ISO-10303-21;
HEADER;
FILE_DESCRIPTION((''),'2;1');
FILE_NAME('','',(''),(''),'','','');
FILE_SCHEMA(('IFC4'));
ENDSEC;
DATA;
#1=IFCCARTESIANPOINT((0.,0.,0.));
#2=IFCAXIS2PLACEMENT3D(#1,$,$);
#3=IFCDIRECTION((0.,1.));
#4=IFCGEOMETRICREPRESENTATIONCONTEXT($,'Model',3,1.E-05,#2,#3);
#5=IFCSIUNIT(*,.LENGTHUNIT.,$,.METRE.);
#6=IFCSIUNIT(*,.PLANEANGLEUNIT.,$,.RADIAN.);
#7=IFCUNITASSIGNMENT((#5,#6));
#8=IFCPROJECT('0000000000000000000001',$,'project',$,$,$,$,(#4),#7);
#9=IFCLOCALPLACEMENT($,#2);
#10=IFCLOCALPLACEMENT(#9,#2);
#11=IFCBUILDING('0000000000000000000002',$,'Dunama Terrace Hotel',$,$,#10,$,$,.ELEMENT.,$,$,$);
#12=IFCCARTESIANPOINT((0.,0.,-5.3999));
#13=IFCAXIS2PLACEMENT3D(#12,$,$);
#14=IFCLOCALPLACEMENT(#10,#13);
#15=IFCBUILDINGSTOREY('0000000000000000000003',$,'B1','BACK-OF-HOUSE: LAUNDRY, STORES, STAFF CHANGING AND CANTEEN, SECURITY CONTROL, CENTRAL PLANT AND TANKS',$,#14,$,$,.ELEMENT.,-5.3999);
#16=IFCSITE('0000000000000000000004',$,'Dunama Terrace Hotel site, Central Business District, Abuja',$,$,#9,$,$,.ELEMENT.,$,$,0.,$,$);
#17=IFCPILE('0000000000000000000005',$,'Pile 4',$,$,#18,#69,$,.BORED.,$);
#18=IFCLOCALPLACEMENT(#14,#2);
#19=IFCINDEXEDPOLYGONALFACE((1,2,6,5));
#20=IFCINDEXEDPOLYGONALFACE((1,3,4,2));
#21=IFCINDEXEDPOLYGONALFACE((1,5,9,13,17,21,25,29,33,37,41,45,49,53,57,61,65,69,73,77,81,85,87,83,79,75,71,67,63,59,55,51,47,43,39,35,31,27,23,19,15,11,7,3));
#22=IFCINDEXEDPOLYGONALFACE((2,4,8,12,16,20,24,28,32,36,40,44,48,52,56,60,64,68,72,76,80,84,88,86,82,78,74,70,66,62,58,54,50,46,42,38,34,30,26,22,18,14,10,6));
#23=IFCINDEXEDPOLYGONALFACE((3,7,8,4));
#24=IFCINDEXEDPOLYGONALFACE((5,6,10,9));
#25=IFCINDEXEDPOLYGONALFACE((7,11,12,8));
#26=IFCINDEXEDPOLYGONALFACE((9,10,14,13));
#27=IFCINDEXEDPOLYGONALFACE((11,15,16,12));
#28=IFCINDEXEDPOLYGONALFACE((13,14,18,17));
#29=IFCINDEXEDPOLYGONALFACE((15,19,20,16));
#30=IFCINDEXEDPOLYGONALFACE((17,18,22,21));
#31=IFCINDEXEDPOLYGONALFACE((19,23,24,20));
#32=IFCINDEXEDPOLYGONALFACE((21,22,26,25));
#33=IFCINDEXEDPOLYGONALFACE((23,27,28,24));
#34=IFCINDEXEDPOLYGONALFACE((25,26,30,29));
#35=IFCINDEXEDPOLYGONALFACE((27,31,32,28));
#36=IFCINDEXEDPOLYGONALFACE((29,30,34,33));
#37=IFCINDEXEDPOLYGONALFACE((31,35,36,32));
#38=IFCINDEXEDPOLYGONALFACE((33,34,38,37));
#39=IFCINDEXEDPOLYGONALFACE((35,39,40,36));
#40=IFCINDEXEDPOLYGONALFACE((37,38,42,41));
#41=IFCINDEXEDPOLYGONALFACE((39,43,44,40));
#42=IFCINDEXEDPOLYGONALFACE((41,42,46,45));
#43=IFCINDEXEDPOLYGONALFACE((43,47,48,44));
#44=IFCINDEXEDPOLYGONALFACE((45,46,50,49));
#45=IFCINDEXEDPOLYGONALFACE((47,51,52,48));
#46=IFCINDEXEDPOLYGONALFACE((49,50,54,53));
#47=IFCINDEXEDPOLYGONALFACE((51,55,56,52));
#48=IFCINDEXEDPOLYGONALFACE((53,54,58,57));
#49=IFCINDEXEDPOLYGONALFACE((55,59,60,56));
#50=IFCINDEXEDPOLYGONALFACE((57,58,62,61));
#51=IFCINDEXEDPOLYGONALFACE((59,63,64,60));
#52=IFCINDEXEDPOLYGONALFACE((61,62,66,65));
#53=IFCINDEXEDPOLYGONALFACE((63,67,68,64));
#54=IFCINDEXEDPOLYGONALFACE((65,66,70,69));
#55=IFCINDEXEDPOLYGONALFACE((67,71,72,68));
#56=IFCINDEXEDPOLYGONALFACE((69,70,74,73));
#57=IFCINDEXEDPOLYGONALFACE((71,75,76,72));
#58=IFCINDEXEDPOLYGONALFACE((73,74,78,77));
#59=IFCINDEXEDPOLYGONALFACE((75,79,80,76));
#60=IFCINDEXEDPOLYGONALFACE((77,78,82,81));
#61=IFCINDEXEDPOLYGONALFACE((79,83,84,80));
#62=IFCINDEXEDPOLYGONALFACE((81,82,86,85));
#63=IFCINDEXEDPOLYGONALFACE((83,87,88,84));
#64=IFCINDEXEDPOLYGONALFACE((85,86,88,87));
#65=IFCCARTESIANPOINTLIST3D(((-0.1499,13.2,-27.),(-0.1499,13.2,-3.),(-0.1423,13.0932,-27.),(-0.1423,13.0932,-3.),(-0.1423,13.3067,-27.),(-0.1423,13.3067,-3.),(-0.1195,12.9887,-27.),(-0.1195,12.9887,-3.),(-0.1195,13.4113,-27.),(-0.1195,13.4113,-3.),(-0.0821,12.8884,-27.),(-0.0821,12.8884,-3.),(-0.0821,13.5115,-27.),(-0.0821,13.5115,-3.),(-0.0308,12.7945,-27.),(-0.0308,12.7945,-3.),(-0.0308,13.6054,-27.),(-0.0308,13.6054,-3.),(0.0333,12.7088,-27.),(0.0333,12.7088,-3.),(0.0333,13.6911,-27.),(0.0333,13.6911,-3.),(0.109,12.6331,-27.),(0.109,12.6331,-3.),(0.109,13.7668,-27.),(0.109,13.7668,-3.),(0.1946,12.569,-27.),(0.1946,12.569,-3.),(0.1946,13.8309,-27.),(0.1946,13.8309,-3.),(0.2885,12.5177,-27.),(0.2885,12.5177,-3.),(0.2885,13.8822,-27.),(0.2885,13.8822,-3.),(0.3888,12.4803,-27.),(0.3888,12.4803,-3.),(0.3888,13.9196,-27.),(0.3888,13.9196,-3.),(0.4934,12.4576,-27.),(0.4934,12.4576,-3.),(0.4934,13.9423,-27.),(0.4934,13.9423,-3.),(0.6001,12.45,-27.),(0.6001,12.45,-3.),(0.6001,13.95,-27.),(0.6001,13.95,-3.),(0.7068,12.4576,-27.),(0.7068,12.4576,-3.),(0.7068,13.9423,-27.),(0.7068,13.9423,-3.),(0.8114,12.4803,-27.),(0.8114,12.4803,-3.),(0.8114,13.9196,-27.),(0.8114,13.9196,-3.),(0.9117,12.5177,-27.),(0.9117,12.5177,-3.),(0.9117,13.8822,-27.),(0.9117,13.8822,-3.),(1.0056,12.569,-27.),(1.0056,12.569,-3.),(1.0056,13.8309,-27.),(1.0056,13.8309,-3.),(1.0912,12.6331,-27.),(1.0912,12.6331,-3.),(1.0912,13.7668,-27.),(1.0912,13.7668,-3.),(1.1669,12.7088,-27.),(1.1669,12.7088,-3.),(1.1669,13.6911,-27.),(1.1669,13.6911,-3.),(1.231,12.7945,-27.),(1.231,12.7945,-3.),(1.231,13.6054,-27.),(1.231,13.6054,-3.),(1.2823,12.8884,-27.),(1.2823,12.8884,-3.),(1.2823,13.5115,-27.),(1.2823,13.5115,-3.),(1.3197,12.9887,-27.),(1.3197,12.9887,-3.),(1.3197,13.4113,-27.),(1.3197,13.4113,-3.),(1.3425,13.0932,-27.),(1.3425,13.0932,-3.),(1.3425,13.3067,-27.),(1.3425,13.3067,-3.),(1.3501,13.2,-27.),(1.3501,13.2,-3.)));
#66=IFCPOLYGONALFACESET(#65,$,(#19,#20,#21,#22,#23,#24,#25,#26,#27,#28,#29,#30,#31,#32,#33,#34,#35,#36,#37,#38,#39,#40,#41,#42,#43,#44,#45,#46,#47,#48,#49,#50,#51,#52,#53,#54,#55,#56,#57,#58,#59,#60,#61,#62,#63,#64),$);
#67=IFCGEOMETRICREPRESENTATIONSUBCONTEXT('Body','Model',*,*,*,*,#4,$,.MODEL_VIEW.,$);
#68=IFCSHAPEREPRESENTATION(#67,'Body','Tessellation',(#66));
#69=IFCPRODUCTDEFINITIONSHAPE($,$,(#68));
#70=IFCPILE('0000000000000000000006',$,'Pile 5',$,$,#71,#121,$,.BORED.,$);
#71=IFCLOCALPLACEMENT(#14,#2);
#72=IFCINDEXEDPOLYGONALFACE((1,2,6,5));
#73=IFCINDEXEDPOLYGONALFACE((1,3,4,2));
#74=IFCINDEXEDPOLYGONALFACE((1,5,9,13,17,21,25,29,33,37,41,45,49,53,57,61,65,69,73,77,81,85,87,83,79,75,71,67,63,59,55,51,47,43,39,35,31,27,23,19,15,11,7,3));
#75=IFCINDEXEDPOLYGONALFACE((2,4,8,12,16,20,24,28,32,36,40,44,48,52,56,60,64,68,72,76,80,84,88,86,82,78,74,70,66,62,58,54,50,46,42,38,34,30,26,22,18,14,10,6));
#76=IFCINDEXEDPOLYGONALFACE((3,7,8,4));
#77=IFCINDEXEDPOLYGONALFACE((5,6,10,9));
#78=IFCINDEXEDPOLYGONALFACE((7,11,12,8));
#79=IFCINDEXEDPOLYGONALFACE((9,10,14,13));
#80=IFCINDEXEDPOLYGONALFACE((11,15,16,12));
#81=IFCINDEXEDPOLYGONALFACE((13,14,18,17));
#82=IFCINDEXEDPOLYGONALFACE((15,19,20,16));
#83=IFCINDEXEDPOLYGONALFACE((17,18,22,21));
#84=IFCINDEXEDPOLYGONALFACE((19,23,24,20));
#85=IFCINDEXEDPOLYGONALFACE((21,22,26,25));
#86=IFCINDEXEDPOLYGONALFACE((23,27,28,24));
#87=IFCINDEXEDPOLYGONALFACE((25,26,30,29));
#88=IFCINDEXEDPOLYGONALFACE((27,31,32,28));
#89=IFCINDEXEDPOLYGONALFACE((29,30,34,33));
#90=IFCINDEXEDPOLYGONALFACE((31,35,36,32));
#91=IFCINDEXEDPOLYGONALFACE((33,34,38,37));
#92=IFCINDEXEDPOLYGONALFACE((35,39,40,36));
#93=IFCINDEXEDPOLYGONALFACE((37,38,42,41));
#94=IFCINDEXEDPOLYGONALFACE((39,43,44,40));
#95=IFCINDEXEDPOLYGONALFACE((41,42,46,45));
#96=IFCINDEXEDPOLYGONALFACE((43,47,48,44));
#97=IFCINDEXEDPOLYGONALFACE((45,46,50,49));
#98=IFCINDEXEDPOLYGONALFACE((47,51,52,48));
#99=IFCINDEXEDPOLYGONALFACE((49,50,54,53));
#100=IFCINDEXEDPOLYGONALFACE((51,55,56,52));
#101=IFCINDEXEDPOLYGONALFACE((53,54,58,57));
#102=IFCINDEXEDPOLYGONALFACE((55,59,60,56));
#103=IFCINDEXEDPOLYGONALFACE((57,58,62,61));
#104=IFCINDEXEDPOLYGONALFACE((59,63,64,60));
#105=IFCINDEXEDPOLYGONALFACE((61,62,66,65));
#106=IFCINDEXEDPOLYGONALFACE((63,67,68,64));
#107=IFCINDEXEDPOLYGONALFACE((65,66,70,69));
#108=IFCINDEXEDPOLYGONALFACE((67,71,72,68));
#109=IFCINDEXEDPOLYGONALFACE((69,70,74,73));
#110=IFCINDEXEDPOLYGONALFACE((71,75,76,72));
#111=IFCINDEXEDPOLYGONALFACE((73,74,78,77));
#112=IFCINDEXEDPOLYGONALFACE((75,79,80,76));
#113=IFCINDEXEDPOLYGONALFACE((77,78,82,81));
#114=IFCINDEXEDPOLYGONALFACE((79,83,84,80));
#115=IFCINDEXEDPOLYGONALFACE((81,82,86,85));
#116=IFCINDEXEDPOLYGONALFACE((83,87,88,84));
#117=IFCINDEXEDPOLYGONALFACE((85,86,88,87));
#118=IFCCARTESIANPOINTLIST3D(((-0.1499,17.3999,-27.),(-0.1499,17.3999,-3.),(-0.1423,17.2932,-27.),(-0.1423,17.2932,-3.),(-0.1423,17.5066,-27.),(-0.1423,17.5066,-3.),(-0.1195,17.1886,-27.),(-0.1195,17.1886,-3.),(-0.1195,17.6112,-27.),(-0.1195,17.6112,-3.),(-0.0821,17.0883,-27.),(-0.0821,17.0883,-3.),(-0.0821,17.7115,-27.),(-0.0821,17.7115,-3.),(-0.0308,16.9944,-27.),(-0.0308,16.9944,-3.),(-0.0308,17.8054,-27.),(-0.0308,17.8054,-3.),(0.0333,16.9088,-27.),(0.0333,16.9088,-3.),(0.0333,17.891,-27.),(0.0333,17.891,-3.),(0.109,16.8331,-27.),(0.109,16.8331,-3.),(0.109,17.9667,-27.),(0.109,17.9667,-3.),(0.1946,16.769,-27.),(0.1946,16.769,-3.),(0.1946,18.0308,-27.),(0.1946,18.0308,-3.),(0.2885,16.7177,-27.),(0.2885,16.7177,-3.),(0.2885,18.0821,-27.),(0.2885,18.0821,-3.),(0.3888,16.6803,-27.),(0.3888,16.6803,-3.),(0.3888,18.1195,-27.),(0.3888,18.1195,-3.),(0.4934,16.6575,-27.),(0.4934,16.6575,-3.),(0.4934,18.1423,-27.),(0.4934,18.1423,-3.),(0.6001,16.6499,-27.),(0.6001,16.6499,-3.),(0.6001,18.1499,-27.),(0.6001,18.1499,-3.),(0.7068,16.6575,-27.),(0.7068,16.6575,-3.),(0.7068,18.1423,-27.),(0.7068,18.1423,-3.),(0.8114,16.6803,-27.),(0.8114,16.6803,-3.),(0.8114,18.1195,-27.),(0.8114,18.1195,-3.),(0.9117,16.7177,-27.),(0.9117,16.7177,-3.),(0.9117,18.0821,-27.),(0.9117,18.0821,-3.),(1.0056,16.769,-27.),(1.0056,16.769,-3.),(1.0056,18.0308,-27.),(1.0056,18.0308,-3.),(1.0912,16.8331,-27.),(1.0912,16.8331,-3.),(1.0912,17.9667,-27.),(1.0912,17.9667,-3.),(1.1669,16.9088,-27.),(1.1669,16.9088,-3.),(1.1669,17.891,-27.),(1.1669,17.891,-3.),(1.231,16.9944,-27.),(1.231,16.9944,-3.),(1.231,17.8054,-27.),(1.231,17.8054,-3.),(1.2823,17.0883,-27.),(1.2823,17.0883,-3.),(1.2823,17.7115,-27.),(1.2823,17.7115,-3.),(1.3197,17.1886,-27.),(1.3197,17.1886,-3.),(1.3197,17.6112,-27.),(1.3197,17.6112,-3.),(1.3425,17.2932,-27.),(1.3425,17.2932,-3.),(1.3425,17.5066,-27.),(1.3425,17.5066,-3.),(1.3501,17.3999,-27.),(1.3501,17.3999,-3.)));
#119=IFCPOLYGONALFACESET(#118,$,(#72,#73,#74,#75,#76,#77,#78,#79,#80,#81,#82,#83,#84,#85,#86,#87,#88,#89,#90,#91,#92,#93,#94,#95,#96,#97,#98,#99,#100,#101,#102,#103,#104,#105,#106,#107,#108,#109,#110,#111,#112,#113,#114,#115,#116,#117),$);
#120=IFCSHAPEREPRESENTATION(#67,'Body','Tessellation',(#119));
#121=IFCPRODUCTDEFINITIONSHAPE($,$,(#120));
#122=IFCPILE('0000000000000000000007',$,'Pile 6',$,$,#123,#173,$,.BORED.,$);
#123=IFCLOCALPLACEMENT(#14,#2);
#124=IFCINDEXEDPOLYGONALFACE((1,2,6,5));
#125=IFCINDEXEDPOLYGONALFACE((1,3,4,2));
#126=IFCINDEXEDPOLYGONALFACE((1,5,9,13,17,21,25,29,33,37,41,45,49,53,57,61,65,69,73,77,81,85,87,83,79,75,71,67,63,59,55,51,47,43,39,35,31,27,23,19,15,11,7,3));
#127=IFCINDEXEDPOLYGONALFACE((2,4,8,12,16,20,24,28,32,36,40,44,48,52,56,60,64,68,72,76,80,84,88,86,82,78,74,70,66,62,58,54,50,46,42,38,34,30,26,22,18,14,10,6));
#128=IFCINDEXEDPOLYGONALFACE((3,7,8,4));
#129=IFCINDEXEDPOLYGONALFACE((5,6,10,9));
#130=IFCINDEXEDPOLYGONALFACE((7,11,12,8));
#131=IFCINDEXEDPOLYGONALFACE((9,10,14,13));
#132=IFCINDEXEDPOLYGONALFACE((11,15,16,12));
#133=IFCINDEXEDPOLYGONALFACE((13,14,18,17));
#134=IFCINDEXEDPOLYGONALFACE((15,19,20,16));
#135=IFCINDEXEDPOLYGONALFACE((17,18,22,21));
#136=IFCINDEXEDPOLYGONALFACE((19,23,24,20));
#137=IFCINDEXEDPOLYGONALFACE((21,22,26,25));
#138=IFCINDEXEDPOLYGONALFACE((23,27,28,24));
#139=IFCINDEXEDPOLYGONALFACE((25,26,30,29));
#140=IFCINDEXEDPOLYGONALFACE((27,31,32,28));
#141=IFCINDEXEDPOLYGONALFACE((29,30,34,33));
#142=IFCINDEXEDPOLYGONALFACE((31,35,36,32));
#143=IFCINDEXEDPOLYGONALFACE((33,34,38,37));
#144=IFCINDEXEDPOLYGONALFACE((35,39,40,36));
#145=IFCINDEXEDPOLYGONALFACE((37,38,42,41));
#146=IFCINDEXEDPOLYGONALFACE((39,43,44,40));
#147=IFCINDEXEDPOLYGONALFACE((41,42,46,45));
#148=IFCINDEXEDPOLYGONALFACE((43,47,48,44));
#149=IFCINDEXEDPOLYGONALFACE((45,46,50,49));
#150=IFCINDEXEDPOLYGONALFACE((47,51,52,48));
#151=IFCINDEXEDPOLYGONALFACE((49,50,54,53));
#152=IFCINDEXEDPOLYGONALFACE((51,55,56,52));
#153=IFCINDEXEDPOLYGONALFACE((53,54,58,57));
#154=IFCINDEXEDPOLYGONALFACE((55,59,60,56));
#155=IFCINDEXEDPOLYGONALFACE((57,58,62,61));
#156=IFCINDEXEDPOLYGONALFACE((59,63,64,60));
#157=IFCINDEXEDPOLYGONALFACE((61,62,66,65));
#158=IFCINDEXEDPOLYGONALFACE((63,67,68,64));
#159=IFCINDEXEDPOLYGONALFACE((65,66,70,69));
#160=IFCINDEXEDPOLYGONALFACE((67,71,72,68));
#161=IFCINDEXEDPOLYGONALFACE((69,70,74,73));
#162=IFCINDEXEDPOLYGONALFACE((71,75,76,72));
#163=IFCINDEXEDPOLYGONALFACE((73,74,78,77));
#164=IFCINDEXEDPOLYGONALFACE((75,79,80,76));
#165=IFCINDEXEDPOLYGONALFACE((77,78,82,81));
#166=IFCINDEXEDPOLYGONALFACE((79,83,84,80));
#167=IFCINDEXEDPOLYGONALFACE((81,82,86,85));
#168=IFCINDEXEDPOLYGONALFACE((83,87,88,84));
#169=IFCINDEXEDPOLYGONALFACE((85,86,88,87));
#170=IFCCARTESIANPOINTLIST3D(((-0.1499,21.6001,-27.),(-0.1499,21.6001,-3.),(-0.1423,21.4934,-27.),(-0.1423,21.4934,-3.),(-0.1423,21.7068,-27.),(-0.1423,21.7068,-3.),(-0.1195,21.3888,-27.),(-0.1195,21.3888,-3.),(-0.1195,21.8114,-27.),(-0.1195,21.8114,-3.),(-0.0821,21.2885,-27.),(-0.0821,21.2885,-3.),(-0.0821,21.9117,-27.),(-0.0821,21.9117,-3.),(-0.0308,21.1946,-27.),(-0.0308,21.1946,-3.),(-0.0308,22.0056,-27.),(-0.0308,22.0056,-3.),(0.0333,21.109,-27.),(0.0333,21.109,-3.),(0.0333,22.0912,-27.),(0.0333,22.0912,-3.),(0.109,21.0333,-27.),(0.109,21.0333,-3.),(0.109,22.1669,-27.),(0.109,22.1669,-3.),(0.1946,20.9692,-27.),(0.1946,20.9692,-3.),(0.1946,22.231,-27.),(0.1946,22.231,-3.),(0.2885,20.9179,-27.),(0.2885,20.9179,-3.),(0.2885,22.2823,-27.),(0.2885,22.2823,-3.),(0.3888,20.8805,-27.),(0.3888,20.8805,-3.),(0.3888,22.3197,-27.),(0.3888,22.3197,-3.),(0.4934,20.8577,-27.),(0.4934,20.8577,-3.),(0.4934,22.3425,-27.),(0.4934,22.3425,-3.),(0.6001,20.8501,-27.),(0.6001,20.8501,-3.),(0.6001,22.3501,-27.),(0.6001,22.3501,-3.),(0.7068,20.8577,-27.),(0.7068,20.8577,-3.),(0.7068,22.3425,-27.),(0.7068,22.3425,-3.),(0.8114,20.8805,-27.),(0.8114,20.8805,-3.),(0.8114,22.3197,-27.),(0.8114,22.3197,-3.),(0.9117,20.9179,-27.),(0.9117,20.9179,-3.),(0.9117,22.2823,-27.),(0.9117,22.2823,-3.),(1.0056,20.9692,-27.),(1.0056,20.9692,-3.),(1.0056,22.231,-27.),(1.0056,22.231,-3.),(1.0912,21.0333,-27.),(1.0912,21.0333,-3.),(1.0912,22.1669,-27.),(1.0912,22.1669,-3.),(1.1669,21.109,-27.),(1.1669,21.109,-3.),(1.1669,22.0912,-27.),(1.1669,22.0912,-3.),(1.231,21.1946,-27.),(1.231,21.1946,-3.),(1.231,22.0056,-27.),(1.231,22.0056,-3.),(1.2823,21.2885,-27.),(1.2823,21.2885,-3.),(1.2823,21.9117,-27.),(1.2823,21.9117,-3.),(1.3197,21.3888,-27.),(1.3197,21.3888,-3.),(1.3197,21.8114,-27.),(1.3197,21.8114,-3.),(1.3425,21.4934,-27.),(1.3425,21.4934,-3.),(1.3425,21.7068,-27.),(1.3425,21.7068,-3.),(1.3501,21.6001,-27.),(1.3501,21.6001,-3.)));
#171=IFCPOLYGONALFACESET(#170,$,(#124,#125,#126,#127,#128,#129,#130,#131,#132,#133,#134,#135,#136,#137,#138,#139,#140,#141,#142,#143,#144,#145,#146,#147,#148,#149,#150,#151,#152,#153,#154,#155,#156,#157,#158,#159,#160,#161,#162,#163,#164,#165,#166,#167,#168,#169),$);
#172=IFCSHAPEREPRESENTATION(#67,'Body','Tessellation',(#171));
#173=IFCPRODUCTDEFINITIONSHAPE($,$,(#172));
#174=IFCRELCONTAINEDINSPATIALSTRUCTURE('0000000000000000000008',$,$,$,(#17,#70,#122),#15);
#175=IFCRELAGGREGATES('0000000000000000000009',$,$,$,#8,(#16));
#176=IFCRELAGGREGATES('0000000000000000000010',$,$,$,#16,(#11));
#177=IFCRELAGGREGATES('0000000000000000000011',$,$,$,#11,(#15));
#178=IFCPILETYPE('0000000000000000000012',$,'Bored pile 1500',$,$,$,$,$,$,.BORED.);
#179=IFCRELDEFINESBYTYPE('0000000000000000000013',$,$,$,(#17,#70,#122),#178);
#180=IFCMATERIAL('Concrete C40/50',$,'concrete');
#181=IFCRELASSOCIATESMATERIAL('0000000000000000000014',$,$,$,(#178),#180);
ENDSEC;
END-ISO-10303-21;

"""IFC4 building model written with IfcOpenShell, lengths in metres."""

from ifc_helpers import new_model, si_unit, direction, frame, origin, origin_2d, place, context, subcontext, project, spatial, circle, extrude, material, material_profile, profile_set, type_object, element, save


model = new_model("IFC4")

# Units and contexts
model_context = context("Model", 3, precision=1e-05, world=origin(), true_north=direction((0.0, 1.0)))
body_context = subcontext(model_context, "Body", "Model", "MODEL_VIEW")
ifc_project = project(units=[si_unit("LENGTHUNIT", "METRE"), si_unit("PLANEANGLEUNIT", "RADIAN")], contexts=[model_context])

# Site, building, storey
site_placement = place(None, origin())
site = spatial("IfcSite", under=ifc_project, at=site_placement, Name="Dunama Terrace Hotel site, Central Business District, Abuja", CompositionType="ELEMENT", RefElevation=0.0)
building_placement = place(site_placement, origin())
building = spatial("IfcBuilding", under=site, at=building_placement, Name="Dunama Terrace Hotel", CompositionType="ELEMENT")
storey_placement = place(building_placement, frame((0.0, 0.0, -5.3999)))
storey = spatial("IfcBuildingStorey", under=building, at=storey_placement, Name="B1", Description="BACK-OF-HOUSE: LAUNDRY, STORES, STAFF CHANGING AND CANTEEN, SECURITY CONTROL, CENTRAL PLANT AND TANKS", CompositionType="ELEMENT", Elevation=-5.3999)

# Piles
ifc_material_1 = material(Name="Concrete C40/50", Category="concrete")
ifc_material_profile_1 = material_profile(ifc_material_1, circle(Radius=0.75, at=origin_2d()), Name="PILE D1500")
ifc_profile_set_1 = profile_set([ifc_material_profile_1], Name="Concrete C40/50")
pile_type = type_object("IfcPileType", Name="Bored pile 1500", PredefinedType="BORED", material=ifc_profile_set_1)
for number, where, z_axis, x_axis, name in (
    (1, (0.6001, 13.2, -3.0), (0.0, 0.0, -1.0), (1.0, 0.0, 0.0), "Pile 4"),
    (2, (0.6001, 17.3999, -3.0), (0.0, 0.0, -1.0), (1.0, 0.0, 0.0), "Pile 5"),
    (3, (0.6001, 21.6001, -3.0), (0.0, 0.0, -1.0), (1.0, 0.0, 0.0), "Pile 6"),
):
    element("IfcPile", number, at=place(storey_placement, frame(where, z_axis=z_axis, x_axis=x_axis)), inside=storey, type_object=pile_type, Name=name, PredefinedType="BORED", context=body_context, shape_type="SweptSolid", body=[
        extrude(circle(Radius=0.75, at=origin_2d()), origin(), (0.0, 0.0, 1.0), 24.0),
    ])

save(model, "model.ifc")
